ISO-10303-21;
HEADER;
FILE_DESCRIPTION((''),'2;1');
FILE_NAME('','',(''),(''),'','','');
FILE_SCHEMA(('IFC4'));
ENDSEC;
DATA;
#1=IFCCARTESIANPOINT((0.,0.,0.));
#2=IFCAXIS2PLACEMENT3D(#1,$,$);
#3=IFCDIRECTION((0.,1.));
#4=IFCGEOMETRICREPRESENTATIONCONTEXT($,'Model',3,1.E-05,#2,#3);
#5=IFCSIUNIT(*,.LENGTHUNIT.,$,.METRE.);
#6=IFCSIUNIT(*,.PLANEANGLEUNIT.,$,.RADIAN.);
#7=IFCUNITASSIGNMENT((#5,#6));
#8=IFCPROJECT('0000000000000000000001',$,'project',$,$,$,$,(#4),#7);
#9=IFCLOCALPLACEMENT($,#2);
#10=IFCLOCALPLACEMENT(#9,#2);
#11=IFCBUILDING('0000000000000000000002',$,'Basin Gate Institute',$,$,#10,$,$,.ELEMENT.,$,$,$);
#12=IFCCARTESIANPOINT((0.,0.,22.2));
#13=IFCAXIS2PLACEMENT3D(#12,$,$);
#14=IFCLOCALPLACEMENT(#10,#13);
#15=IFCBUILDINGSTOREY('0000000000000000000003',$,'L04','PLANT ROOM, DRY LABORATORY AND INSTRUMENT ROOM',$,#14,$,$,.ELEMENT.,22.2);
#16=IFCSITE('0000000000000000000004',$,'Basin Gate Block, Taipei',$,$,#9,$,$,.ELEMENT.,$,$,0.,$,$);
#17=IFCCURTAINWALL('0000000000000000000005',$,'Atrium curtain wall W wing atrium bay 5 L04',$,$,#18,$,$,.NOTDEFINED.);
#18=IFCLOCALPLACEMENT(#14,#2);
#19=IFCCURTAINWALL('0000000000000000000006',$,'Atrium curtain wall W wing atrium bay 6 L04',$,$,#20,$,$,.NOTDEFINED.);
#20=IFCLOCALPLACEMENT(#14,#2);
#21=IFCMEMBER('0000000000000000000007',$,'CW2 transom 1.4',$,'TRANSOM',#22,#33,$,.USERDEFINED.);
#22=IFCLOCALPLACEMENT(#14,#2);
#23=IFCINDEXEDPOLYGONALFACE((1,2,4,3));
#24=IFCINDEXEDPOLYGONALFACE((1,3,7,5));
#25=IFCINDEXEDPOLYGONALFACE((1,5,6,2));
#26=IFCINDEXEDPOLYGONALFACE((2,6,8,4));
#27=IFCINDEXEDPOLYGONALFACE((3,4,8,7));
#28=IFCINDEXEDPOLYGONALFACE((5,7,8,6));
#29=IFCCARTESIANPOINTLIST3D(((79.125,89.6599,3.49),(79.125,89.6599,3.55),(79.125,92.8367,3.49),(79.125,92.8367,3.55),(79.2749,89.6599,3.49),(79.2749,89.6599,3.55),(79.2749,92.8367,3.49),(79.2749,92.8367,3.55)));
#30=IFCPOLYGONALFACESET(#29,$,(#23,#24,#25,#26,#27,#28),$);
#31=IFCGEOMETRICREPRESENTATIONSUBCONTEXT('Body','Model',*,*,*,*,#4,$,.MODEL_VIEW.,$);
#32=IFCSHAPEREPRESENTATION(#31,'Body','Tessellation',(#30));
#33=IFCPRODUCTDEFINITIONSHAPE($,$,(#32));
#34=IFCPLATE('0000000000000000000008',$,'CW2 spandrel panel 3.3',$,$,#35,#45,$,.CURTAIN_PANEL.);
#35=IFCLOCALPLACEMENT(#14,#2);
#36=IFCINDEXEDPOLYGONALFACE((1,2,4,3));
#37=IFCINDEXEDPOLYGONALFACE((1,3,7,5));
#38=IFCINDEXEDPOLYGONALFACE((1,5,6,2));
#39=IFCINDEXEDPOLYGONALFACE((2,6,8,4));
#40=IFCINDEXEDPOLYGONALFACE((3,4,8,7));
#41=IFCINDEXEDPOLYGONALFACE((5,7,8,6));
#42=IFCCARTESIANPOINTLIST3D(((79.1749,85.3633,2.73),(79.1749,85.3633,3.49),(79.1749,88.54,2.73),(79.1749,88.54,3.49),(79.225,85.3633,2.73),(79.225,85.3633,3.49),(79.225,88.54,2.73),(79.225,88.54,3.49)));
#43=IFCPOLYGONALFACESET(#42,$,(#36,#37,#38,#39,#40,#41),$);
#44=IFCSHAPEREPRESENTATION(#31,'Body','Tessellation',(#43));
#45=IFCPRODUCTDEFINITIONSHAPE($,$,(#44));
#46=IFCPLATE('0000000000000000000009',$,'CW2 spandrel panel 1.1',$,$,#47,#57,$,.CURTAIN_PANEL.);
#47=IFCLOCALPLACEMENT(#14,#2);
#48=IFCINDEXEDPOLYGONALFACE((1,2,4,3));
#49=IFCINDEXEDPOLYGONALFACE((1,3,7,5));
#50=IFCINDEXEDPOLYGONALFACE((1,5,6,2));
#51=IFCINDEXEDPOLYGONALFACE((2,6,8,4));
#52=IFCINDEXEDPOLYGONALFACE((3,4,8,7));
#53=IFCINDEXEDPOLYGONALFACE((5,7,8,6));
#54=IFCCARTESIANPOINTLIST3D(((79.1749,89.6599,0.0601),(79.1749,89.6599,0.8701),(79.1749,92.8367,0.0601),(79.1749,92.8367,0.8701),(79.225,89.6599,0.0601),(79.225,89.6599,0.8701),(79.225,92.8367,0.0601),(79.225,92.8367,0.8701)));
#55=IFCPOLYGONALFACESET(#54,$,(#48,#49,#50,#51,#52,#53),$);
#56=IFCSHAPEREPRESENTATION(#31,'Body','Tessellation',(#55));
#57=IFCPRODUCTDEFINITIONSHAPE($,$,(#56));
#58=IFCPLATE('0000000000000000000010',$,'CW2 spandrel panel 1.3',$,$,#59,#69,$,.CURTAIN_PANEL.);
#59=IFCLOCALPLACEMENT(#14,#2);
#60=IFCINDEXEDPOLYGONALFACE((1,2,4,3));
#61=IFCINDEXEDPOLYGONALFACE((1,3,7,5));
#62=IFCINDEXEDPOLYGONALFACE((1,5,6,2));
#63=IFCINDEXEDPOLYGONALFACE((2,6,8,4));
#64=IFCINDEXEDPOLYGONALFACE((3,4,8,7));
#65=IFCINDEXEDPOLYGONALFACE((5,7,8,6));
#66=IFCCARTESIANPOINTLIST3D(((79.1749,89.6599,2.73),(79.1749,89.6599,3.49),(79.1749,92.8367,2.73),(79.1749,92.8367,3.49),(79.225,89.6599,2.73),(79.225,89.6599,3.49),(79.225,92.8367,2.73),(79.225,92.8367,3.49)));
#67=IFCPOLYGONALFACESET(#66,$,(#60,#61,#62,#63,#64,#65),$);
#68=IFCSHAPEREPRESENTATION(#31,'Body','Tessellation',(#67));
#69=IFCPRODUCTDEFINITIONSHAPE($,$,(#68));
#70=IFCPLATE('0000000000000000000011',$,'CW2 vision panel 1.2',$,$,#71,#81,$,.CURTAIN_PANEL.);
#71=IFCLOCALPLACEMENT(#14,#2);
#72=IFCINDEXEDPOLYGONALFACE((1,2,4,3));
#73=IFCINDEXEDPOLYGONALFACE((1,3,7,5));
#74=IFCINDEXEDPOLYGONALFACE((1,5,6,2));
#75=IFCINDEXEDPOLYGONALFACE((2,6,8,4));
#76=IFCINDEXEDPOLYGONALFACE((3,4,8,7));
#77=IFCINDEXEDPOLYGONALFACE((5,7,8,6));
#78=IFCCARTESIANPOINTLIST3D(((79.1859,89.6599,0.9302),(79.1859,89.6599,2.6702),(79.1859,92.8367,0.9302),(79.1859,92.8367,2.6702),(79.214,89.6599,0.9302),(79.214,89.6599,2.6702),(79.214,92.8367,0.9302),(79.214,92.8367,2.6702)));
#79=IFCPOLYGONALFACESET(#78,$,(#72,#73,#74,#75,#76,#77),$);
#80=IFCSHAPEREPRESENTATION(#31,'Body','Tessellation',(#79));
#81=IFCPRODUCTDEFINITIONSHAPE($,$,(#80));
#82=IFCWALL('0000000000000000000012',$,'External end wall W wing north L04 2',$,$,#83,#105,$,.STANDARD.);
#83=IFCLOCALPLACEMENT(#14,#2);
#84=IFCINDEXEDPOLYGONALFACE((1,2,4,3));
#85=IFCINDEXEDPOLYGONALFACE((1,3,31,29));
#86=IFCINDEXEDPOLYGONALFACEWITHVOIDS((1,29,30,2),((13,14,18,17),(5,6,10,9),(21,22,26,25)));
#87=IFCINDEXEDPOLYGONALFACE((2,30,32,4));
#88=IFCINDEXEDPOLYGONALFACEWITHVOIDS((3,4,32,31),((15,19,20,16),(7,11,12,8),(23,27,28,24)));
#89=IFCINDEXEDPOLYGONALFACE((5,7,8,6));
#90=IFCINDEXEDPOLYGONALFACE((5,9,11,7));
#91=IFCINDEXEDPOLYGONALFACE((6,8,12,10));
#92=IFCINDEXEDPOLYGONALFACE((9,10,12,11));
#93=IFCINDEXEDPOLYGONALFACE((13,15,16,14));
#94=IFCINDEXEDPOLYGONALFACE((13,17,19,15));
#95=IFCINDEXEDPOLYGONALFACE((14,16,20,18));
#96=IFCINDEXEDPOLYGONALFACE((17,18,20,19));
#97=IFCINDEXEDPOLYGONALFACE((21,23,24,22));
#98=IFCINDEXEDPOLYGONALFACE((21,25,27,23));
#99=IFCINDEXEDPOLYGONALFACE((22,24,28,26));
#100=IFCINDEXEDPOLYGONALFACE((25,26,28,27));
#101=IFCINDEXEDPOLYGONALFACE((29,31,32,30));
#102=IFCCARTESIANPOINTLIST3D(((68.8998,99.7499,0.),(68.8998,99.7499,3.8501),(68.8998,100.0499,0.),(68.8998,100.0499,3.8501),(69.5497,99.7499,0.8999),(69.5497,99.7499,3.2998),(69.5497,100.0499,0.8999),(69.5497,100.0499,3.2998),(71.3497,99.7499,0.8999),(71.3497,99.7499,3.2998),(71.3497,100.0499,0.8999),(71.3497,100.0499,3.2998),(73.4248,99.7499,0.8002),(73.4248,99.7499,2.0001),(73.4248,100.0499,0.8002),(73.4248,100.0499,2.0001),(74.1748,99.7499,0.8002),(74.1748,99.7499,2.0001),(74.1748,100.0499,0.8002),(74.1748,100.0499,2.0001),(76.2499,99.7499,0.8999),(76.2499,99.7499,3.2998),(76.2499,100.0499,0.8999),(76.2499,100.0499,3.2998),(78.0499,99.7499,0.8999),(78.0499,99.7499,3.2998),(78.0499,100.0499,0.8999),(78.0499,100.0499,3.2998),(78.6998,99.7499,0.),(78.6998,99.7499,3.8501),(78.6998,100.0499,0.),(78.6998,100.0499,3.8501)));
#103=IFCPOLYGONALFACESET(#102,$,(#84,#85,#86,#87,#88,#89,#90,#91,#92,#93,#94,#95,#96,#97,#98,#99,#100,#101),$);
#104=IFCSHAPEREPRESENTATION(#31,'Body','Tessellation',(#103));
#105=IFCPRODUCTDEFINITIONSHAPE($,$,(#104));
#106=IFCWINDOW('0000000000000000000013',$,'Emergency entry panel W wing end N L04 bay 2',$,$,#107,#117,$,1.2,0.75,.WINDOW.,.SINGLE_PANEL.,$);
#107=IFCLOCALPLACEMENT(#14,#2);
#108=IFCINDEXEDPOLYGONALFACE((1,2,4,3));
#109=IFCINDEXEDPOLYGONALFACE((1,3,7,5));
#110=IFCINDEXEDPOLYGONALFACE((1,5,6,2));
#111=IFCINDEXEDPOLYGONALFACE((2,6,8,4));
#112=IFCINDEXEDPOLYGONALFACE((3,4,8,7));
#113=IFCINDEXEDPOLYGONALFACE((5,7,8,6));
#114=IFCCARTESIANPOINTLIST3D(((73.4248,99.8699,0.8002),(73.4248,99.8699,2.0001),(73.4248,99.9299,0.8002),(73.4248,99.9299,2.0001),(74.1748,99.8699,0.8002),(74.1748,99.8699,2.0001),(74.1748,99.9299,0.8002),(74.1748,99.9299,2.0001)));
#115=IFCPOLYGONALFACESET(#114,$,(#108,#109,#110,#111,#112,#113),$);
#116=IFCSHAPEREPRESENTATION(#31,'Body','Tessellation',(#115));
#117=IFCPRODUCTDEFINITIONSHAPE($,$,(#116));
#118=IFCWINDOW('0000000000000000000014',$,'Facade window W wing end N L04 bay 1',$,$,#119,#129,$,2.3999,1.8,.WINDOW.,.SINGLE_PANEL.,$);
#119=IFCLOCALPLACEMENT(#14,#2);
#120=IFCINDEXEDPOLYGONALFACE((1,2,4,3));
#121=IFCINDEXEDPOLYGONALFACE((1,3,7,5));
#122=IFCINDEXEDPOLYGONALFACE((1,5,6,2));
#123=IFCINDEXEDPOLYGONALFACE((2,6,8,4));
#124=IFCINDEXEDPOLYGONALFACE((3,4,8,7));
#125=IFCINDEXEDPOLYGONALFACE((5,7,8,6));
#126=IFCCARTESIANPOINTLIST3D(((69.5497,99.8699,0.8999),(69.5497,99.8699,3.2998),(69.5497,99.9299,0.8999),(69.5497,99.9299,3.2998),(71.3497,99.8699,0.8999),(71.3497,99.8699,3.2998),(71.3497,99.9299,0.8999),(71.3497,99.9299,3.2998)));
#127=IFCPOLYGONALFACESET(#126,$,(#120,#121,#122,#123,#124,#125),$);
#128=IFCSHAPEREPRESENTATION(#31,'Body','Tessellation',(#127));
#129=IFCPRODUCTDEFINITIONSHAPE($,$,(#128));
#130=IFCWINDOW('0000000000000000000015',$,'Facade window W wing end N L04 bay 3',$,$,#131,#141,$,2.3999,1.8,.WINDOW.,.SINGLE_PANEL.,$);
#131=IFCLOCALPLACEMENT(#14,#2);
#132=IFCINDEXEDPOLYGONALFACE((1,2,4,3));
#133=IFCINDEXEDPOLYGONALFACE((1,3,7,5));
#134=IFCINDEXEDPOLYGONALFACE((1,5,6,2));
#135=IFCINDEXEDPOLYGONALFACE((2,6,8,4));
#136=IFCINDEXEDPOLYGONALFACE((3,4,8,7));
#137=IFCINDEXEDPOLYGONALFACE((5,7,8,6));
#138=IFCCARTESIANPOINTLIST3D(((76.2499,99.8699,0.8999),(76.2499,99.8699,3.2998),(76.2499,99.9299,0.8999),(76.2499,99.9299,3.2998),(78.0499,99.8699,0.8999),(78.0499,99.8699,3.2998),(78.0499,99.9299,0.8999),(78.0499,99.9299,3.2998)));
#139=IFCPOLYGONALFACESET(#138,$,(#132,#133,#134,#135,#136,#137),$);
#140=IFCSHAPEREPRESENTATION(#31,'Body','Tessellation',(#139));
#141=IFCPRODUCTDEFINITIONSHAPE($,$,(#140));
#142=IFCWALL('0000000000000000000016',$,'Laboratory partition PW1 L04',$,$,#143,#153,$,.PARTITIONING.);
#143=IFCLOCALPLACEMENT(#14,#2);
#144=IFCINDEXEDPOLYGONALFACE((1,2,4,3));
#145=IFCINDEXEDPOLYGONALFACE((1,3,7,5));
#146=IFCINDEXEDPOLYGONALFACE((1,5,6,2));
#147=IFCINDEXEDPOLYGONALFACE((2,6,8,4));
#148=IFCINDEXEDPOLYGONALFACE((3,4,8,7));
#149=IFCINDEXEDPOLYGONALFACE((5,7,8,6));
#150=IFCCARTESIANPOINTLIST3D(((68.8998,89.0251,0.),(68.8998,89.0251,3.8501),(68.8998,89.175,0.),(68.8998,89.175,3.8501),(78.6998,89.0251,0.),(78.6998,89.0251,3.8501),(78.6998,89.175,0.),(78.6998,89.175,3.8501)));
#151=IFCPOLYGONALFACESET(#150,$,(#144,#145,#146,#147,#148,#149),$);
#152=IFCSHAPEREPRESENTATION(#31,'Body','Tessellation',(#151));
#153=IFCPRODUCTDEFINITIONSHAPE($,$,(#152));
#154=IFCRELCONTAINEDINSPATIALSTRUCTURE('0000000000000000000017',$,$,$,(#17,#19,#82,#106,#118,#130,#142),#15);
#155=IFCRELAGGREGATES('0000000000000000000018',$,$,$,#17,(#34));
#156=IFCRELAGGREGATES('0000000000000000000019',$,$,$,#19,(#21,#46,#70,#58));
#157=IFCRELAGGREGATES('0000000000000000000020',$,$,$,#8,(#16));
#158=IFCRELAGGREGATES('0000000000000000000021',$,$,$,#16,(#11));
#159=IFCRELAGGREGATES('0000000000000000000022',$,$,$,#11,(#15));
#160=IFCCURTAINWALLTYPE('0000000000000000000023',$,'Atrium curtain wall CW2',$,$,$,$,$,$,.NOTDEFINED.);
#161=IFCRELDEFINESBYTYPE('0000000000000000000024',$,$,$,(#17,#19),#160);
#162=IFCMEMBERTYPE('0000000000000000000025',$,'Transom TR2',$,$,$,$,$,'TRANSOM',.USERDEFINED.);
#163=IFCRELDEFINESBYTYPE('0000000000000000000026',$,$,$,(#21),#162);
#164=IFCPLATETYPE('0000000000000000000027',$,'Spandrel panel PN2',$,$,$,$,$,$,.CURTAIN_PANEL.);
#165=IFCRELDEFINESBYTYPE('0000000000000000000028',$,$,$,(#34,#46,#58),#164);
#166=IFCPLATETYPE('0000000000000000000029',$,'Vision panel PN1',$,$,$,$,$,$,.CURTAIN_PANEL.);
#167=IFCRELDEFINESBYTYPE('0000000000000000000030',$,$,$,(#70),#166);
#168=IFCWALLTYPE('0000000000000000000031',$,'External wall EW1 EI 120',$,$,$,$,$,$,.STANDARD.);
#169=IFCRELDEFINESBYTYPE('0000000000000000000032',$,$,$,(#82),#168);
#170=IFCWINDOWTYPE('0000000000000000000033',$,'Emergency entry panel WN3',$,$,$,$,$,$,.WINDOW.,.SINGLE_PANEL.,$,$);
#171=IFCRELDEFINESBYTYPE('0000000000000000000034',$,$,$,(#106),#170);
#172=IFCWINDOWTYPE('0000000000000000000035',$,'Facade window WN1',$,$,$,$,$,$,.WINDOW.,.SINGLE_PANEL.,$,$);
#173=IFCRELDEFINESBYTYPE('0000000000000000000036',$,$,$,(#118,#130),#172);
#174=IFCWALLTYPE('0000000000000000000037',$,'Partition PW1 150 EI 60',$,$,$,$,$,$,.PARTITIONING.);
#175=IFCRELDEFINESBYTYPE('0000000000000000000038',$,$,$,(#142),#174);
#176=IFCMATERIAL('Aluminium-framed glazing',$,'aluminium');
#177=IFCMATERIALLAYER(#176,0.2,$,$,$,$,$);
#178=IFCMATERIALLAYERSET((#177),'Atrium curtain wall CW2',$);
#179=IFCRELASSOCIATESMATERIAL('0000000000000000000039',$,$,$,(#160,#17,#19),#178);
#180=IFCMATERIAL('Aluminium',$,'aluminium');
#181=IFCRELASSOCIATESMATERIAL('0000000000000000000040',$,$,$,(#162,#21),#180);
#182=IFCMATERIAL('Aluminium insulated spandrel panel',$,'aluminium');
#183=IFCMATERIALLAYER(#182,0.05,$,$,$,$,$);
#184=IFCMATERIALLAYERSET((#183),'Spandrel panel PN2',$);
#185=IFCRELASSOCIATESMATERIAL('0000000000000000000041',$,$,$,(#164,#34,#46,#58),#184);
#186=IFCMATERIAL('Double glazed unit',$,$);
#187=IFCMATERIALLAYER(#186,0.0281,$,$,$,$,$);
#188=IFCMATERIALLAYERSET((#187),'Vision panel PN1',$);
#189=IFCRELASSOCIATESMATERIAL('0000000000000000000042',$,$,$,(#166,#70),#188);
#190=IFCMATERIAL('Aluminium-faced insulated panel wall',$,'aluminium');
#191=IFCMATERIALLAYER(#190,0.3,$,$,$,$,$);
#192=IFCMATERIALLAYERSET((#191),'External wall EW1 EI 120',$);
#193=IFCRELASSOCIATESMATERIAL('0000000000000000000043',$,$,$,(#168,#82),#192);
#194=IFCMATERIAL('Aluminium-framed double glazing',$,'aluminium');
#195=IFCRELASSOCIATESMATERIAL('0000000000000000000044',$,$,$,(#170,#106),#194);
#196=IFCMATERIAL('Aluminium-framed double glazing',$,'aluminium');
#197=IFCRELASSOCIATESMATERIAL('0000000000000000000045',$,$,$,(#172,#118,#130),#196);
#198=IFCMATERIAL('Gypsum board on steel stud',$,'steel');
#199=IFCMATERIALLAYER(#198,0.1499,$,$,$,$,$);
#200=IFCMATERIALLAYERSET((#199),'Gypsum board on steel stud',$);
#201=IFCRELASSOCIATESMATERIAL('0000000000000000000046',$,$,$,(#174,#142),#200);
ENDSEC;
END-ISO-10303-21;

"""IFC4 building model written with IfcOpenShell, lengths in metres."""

from ifc_helpers import new_model, si_unit, direction, frame, frame_2d, origin, origin_2d, place, context, subcontext, project, spatial, rectangle, extrude, material, layer, layer_set, material_profile, profile_set, type_object, element, fill, aggregate, save


model = new_model("IFC4")

# Units and contexts
model_context = context("Model", 3, precision=1e-05, world=origin(), true_north=direction((0.0, 1.0)))
body_context = subcontext(model_context, "Body", "Model", "MODEL_VIEW")
ifc_project = project(units=[si_unit("LENGTHUNIT", "METRE"), si_unit("PLANEANGLEUNIT", "RADIAN")], contexts=[model_context])

# Site, building, storey
site_placement = place(None, origin())
site = spatial("IfcSite", under=ifc_project, at=site_placement, Name="Basin Gate Block, Taipei", CompositionType="ELEMENT", RefElevation=0.0)
building_placement = place(site_placement, origin())
building = spatial("IfcBuilding", under=site, at=building_placement, Name="Basin Gate Institute", CompositionType="ELEMENT")
storey_placement = place(building_placement, frame((0.0, 0.0, 22.2)))
storey = spatial("IfcBuildingStorey", under=building, at=storey_placement, Name="L04", Description="PLANT ROOM, DRY LABORATORY AND INSTRUMENT ROOM", CompositionType="ELEMENT", Elevation=22.2)

# Curtain wall
ifc_material_1 = material(Name="Aluminium-framed glazing", Category="aluminium")
ifc_layer_1 = layer(ifc_material_1, 0.2)
ifc_layer_set_1 = layer_set([ifc_layer_1], Name="Atrium curtain wall CW2")
curtain_wall_type = type_object("IfcCurtainWallType", Name="Atrium curtain wall CW2", PredefinedType="NOTDEFINED", material=ifc_layer_set_1)
curtain_wall_1_placement = place(storey_placement, origin())
curtain_wall_1 = element("IfcCurtainWall", 1, at=curtain_wall_1_placement, inside=storey, type_object=curtain_wall_type, material=ifc_layer_set_1, Name="Atrium curtain wall W wing atrium bay 5 L04", PredefinedType="NOTDEFINED")

# Curtain wall
curtain_wall_2_placement = place(storey_placement, origin())
curtain_wall_2 = element("IfcCurtainWall", 2, at=curtain_wall_2_placement, inside=storey, type_object=curtain_wall_type, material=ifc_layer_set_1, Name="Atrium curtain wall W wing atrium bay 6 L04", PredefinedType="NOTDEFINED")

# Member
ifc_material_2 = material(Name="Aluminium", Category="aluminium")
ifc_material_profile_1 = material_profile(ifc_material_2, rectangle(XDim=0.1499, YDim=0.0601, at=origin_2d()), Name="Transom TR2 150 x 60")
ifc_profile_set_1 = profile_set([ifc_material_profile_1], Name="Aluminium")
member_type_1 = type_object("IfcMemberType", Name="Transom TR2", ElementType="TRANSOM", PredefinedType="USERDEFINED", material=ifc_profile_set_1)
member_1_placement = place(storey_placement, frame((79.2, 89.6599, 3.52), z_axis=(0.0, 1.0, 0.0), x_axis=(-1.0, 0.0, 0.0)))
member_1 = element("IfcMember", 3, at=member_1_placement, type_object=member_type_1, material=ifc_profile_set_1, Name="CW2 transom 1.4", ObjectType="TRANSOM", PredefinedType="USERDEFINED", context=body_context, shape_type="SweptSolid", body=[
    extrude(rectangle(XDim=0.1499, YDim=0.0601, at=origin_2d()), origin(), (0.0, 0.0, 1.0), 3.1768),
])

# Plates
ifc_material_3 = material(Name="Aluminium insulated spandrel panel", Category="aluminium")
ifc_layer_2 = layer(ifc_material_3, 0.05)
ifc_layer_set_2 = layer_set([ifc_layer_2], Name="Spandrel panel PN2")
plate_type_1 = type_object("IfcPlateType", Name="Spandrel panel PN2", PredefinedType="CURTAIN_PANEL", material=ifc_layer_set_2)
plate_1_placement = place(storey_placement, frame((79.2, 86.9517, 2.73), z_axis=(0.0, 0.0, 1.0), x_axis=(0.0, 1.0, 0.0)))
plate_1 = element("IfcPlate", 4, at=plate_1_placement, type_object=plate_type_1, material=ifc_layer_set_2, Name="CW2 spandrel panel 3.3", PredefinedType="CURTAIN_PANEL", context=body_context, shape_type="SweptSolid", body=[
    extrude(rectangle(XDim=3.1768, YDim=0.05, at=origin_2d()), origin(), (0.0, 0.0, 1.0), 0.76),
])
aggregate(curtain_wall_1, [plate_1])
plate_2_placement = place(storey_placement, frame((79.2, 91.2483, 0.0601), z_axis=(0.0, 0.0, 1.0), x_axis=(0.0, 1.0, 0.0)))
plate_2 = element("IfcPlate", 5, at=plate_2_placement, type_object=plate_type_1, material=ifc_layer_set_2, Name="CW2 spandrel panel 1.1", PredefinedType="CURTAIN_PANEL", context=body_context, shape_type="SweptSolid", body=[
    extrude(rectangle(XDim=3.1768, YDim=0.05, at=origin_2d()), origin(), (0.0, 0.0, 1.0), 0.8101),
])
plate_3_placement = place(storey_placement, frame((79.2, 91.2483, 2.73), z_axis=(0.0, 0.0, 1.0), x_axis=(0.0, 1.0, 0.0)))
plate_3 = element("IfcPlate", 6, at=plate_3_placement, type_object=plate_type_1, material=ifc_layer_set_2, Name="CW2 spandrel panel 1.3", PredefinedType="CURTAIN_PANEL", context=body_context, shape_type="SweptSolid", body=[
    extrude(rectangle(XDim=3.1768, YDim=0.05, at=origin_2d()), origin(), (0.0, 0.0, 1.0), 0.76),
])
ifc_material_4 = material(Name="Double glazed unit")
ifc_layer_3 = layer(ifc_material_4, 0.0281)
ifc_layer_set_3 = layer_set([ifc_layer_3], Name="Vision panel PN1")
plate_type_2 = type_object("IfcPlateType", Name="Vision panel PN1", PredefinedType="CURTAIN_PANEL", material=ifc_layer_set_3)
plate_4_placement = place(storey_placement, frame((79.2, 91.2483, 0.9302), z_axis=(0.0, 0.0, 1.0), x_axis=(0.0, 1.0, 0.0)))
plate_4 = element("IfcPlate", 7, at=plate_4_placement, type_object=plate_type_2, material=ifc_layer_set_3, Name="CW2 vision panel 1.2", PredefinedType="CURTAIN_PANEL", context=body_context, shape_type="SweptSolid", body=[
    extrude(rectangle(XDim=3.1768, YDim=0.0281, at=origin_2d()), origin(), (0.0, 0.0, 1.0), 1.74),
])
aggregate(curtain_wall_2, [member_1, plate_2, plate_4, plate_3])

# Wall, openings, windows
ifc_material_5 = material(Name="Aluminium-faced insulated panel wall", Category="aluminium")
ifc_layer_4 = layer(ifc_material_5, 0.3)
ifc_layer_set_4 = layer_set([ifc_layer_4], Name="External wall EW1 EI 120")
wall_type_1 = type_object("IfcWallType", Name="External wall EW1 EI 120", PredefinedType="STANDARD", material=ifc_layer_set_4)
wall_1_placement = place(storey_placement, frame((68.8999, 99.8999, 0.0), z_axis=(0.0, 0.0, 1.0), x_axis=(1.0, 0.0, 0.0)))
wall_1 = element("IfcWall", 8, at=wall_1_placement, inside=storey, type_object=wall_type_1, material=ifc_layer_set_4, Name="External end wall W wing north L04 2", PredefinedType="STANDARD", context=body_context, shape_type="SweptSolid", body=[
    extrude(rectangle(XDim=9.8, YDim=0.3, at=frame_2d((4.8999, 0.0))), origin(), (0.0, 0.0, 1.0), 3.8501),
])
opening_1_placement = place(wall_1_placement, frame((0.6499, 0.0, 0.8999)))
opening_1 = element("IfcOpeningElement", 9, at=opening_1_placement, cuts=wall_1, PredefinedType="OPENING", context=body_context, shape_type="SweptSolid", body=[
    extrude(rectangle(XDim=1.8, YDim=2.3999, at=frame_2d((0.8999, 1.2))), frame((0.0, 0.1602, 0.0), z_axis=(0.0, -1.0, 0.0), x_axis=(1.0, 0.0, 0.0)), (0.0, 0.0, 1.0), 0.3201),
])
opening_2_placement = place(wall_1_placement, frame((4.5249, 0.0, 0.8)))
opening_2 = element("IfcOpeningElement", 10, at=opening_2_placement, cuts=wall_1, PredefinedType="OPENING", context=body_context, shape_type="SweptSolid", body=[
    extrude(rectangle(XDim=0.75, YDim=1.2, at=frame_2d((0.375, 0.6001))), frame((0.0, 0.1602, 0.0), z_axis=(0.0, -1.0, 0.0), x_axis=(1.0, 0.0, 0.0)), (0.0, 0.0, 1.0), 0.3201),
])
opening_3_placement = place(wall_1_placement, frame((7.3501, 0.0, 0.8999)))
opening_3 = element("IfcOpeningElement", 11, at=opening_3_placement, cuts=wall_1, PredefinedType="OPENING", context=body_context, shape_type="SweptSolid", body=[
    extrude(rectangle(XDim=1.8, YDim=2.3999, at=frame_2d((0.8999, 1.2))), frame((0.0, 0.1602, 0.0), z_axis=(0.0, -1.0, 0.0), x_axis=(1.0, 0.0, 0.0)), (0.0, 0.0, 1.0), 0.3201),
])
ifc_material_6 = material(Name="Aluminium-framed double glazing", Category="aluminium")
window_type_1 = type_object("IfcWindowType", Name="Emergency entry panel WN3", PartitioningType="SINGLE_PANEL", PredefinedType="WINDOW", material=ifc_material_6)
window_1_placement = place(opening_2_placement, origin())
window_1 = element("IfcWindow", 12, at=window_1_placement, inside=storey, type_object=window_type_1, material=ifc_material_6, Name="Emergency entry panel W wing end N L04 bay 2", OverallHeight=1.2, OverallWidth=0.75, PartitioningType="SINGLE_PANEL", PredefinedType="WINDOW", context=body_context, shape_type="SweptSolid", body=[
    extrude(rectangle(XDim=0.75, YDim=1.2, at=frame_2d((0.375, 0.6001))), frame((0.0, 0.03, 0.0), z_axis=(0.0, -1.0, 0.0), x_axis=(1.0, 0.0, 0.0)), (0.0, 0.0, 1.0), 0.0601),
])
fill(opening_2, window_1)
ifc_material_7 = material(Name="Aluminium-framed double glazing", Category="aluminium")
window_type_2 = type_object("IfcWindowType", Name="Facade window WN1", PartitioningType="SINGLE_PANEL", PredefinedType="WINDOW", material=ifc_material_7)
window_2_placement = place(opening_1_placement, origin())
window_2 = element("IfcWindow", 13, at=window_2_placement, inside=storey, type_object=window_type_2, material=ifc_material_7, Name="Facade window W wing end N L04 bay 1", OverallHeight=2.3999, OverallWidth=1.8, PartitioningType="SINGLE_PANEL", PredefinedType="WINDOW", context=body_context, shape_type="SweptSolid", body=[
    extrude(rectangle(XDim=1.8, YDim=2.3999, at=frame_2d((0.8999, 1.2))), frame((0.0, 0.03, 0.0), z_axis=(0.0, -1.0, 0.0), x_axis=(1.0, 0.0, 0.0)), (0.0, 0.0, 1.0), 0.0601),
])
fill(opening_1, window_2)
window_3_placement = place(opening_3_placement, origin())
window_3 = element("IfcWindow", 14, at=window_3_placement, inside=storey, type_object=window_type_2, material=ifc_material_7, Name="Facade window W wing end N L04 bay 3", OverallHeight=2.3999, OverallWidth=1.8, PartitioningType="SINGLE_PANEL", PredefinedType="WINDOW", context=body_context, shape_type="SweptSolid", body=[
    extrude(rectangle(XDim=1.8, YDim=2.3999, at=frame_2d((0.8999, 1.2))), frame((0.0, 0.03, 0.0), z_axis=(0.0, -1.0, 0.0), x_axis=(1.0, 0.0, 0.0)), (0.0, 0.0, 1.0), 0.0601),
])
fill(opening_3, window_3)

# Wall
ifc_material_8 = material(Name="Gypsum board on steel stud", Category="steel")
ifc_layer_5 = layer(ifc_material_8, 0.1499)
ifc_layer_set_5 = layer_set([ifc_layer_5], Name="Gypsum board on steel stud")
wall_type_2 = type_object("IfcWallType", Name="Partition PW1 150 EI 60", PredefinedType="PARTITIONING", material=ifc_layer_set_5)
wall_2_placement = place(storey_placement, frame((68.8999, 89.1001, 0.0), z_axis=(0.0, 0.0, 1.0), x_axis=(1.0, 0.0, 0.0)))
element("IfcWall", 15, at=wall_2_placement, inside=storey, type_object=wall_type_2, material=ifc_layer_set_5, Name="Laboratory partition PW1 L04", PredefinedType="PARTITIONING", context=body_context, shape_type="SweptSolid", body=[
    extrude(rectangle(XDim=9.8, YDim=0.1499, at=frame_2d((4.8999, 0.0))), origin(), (0.0, 0.0, 1.0), 3.8501),
])

save(model, "model.ifc")
